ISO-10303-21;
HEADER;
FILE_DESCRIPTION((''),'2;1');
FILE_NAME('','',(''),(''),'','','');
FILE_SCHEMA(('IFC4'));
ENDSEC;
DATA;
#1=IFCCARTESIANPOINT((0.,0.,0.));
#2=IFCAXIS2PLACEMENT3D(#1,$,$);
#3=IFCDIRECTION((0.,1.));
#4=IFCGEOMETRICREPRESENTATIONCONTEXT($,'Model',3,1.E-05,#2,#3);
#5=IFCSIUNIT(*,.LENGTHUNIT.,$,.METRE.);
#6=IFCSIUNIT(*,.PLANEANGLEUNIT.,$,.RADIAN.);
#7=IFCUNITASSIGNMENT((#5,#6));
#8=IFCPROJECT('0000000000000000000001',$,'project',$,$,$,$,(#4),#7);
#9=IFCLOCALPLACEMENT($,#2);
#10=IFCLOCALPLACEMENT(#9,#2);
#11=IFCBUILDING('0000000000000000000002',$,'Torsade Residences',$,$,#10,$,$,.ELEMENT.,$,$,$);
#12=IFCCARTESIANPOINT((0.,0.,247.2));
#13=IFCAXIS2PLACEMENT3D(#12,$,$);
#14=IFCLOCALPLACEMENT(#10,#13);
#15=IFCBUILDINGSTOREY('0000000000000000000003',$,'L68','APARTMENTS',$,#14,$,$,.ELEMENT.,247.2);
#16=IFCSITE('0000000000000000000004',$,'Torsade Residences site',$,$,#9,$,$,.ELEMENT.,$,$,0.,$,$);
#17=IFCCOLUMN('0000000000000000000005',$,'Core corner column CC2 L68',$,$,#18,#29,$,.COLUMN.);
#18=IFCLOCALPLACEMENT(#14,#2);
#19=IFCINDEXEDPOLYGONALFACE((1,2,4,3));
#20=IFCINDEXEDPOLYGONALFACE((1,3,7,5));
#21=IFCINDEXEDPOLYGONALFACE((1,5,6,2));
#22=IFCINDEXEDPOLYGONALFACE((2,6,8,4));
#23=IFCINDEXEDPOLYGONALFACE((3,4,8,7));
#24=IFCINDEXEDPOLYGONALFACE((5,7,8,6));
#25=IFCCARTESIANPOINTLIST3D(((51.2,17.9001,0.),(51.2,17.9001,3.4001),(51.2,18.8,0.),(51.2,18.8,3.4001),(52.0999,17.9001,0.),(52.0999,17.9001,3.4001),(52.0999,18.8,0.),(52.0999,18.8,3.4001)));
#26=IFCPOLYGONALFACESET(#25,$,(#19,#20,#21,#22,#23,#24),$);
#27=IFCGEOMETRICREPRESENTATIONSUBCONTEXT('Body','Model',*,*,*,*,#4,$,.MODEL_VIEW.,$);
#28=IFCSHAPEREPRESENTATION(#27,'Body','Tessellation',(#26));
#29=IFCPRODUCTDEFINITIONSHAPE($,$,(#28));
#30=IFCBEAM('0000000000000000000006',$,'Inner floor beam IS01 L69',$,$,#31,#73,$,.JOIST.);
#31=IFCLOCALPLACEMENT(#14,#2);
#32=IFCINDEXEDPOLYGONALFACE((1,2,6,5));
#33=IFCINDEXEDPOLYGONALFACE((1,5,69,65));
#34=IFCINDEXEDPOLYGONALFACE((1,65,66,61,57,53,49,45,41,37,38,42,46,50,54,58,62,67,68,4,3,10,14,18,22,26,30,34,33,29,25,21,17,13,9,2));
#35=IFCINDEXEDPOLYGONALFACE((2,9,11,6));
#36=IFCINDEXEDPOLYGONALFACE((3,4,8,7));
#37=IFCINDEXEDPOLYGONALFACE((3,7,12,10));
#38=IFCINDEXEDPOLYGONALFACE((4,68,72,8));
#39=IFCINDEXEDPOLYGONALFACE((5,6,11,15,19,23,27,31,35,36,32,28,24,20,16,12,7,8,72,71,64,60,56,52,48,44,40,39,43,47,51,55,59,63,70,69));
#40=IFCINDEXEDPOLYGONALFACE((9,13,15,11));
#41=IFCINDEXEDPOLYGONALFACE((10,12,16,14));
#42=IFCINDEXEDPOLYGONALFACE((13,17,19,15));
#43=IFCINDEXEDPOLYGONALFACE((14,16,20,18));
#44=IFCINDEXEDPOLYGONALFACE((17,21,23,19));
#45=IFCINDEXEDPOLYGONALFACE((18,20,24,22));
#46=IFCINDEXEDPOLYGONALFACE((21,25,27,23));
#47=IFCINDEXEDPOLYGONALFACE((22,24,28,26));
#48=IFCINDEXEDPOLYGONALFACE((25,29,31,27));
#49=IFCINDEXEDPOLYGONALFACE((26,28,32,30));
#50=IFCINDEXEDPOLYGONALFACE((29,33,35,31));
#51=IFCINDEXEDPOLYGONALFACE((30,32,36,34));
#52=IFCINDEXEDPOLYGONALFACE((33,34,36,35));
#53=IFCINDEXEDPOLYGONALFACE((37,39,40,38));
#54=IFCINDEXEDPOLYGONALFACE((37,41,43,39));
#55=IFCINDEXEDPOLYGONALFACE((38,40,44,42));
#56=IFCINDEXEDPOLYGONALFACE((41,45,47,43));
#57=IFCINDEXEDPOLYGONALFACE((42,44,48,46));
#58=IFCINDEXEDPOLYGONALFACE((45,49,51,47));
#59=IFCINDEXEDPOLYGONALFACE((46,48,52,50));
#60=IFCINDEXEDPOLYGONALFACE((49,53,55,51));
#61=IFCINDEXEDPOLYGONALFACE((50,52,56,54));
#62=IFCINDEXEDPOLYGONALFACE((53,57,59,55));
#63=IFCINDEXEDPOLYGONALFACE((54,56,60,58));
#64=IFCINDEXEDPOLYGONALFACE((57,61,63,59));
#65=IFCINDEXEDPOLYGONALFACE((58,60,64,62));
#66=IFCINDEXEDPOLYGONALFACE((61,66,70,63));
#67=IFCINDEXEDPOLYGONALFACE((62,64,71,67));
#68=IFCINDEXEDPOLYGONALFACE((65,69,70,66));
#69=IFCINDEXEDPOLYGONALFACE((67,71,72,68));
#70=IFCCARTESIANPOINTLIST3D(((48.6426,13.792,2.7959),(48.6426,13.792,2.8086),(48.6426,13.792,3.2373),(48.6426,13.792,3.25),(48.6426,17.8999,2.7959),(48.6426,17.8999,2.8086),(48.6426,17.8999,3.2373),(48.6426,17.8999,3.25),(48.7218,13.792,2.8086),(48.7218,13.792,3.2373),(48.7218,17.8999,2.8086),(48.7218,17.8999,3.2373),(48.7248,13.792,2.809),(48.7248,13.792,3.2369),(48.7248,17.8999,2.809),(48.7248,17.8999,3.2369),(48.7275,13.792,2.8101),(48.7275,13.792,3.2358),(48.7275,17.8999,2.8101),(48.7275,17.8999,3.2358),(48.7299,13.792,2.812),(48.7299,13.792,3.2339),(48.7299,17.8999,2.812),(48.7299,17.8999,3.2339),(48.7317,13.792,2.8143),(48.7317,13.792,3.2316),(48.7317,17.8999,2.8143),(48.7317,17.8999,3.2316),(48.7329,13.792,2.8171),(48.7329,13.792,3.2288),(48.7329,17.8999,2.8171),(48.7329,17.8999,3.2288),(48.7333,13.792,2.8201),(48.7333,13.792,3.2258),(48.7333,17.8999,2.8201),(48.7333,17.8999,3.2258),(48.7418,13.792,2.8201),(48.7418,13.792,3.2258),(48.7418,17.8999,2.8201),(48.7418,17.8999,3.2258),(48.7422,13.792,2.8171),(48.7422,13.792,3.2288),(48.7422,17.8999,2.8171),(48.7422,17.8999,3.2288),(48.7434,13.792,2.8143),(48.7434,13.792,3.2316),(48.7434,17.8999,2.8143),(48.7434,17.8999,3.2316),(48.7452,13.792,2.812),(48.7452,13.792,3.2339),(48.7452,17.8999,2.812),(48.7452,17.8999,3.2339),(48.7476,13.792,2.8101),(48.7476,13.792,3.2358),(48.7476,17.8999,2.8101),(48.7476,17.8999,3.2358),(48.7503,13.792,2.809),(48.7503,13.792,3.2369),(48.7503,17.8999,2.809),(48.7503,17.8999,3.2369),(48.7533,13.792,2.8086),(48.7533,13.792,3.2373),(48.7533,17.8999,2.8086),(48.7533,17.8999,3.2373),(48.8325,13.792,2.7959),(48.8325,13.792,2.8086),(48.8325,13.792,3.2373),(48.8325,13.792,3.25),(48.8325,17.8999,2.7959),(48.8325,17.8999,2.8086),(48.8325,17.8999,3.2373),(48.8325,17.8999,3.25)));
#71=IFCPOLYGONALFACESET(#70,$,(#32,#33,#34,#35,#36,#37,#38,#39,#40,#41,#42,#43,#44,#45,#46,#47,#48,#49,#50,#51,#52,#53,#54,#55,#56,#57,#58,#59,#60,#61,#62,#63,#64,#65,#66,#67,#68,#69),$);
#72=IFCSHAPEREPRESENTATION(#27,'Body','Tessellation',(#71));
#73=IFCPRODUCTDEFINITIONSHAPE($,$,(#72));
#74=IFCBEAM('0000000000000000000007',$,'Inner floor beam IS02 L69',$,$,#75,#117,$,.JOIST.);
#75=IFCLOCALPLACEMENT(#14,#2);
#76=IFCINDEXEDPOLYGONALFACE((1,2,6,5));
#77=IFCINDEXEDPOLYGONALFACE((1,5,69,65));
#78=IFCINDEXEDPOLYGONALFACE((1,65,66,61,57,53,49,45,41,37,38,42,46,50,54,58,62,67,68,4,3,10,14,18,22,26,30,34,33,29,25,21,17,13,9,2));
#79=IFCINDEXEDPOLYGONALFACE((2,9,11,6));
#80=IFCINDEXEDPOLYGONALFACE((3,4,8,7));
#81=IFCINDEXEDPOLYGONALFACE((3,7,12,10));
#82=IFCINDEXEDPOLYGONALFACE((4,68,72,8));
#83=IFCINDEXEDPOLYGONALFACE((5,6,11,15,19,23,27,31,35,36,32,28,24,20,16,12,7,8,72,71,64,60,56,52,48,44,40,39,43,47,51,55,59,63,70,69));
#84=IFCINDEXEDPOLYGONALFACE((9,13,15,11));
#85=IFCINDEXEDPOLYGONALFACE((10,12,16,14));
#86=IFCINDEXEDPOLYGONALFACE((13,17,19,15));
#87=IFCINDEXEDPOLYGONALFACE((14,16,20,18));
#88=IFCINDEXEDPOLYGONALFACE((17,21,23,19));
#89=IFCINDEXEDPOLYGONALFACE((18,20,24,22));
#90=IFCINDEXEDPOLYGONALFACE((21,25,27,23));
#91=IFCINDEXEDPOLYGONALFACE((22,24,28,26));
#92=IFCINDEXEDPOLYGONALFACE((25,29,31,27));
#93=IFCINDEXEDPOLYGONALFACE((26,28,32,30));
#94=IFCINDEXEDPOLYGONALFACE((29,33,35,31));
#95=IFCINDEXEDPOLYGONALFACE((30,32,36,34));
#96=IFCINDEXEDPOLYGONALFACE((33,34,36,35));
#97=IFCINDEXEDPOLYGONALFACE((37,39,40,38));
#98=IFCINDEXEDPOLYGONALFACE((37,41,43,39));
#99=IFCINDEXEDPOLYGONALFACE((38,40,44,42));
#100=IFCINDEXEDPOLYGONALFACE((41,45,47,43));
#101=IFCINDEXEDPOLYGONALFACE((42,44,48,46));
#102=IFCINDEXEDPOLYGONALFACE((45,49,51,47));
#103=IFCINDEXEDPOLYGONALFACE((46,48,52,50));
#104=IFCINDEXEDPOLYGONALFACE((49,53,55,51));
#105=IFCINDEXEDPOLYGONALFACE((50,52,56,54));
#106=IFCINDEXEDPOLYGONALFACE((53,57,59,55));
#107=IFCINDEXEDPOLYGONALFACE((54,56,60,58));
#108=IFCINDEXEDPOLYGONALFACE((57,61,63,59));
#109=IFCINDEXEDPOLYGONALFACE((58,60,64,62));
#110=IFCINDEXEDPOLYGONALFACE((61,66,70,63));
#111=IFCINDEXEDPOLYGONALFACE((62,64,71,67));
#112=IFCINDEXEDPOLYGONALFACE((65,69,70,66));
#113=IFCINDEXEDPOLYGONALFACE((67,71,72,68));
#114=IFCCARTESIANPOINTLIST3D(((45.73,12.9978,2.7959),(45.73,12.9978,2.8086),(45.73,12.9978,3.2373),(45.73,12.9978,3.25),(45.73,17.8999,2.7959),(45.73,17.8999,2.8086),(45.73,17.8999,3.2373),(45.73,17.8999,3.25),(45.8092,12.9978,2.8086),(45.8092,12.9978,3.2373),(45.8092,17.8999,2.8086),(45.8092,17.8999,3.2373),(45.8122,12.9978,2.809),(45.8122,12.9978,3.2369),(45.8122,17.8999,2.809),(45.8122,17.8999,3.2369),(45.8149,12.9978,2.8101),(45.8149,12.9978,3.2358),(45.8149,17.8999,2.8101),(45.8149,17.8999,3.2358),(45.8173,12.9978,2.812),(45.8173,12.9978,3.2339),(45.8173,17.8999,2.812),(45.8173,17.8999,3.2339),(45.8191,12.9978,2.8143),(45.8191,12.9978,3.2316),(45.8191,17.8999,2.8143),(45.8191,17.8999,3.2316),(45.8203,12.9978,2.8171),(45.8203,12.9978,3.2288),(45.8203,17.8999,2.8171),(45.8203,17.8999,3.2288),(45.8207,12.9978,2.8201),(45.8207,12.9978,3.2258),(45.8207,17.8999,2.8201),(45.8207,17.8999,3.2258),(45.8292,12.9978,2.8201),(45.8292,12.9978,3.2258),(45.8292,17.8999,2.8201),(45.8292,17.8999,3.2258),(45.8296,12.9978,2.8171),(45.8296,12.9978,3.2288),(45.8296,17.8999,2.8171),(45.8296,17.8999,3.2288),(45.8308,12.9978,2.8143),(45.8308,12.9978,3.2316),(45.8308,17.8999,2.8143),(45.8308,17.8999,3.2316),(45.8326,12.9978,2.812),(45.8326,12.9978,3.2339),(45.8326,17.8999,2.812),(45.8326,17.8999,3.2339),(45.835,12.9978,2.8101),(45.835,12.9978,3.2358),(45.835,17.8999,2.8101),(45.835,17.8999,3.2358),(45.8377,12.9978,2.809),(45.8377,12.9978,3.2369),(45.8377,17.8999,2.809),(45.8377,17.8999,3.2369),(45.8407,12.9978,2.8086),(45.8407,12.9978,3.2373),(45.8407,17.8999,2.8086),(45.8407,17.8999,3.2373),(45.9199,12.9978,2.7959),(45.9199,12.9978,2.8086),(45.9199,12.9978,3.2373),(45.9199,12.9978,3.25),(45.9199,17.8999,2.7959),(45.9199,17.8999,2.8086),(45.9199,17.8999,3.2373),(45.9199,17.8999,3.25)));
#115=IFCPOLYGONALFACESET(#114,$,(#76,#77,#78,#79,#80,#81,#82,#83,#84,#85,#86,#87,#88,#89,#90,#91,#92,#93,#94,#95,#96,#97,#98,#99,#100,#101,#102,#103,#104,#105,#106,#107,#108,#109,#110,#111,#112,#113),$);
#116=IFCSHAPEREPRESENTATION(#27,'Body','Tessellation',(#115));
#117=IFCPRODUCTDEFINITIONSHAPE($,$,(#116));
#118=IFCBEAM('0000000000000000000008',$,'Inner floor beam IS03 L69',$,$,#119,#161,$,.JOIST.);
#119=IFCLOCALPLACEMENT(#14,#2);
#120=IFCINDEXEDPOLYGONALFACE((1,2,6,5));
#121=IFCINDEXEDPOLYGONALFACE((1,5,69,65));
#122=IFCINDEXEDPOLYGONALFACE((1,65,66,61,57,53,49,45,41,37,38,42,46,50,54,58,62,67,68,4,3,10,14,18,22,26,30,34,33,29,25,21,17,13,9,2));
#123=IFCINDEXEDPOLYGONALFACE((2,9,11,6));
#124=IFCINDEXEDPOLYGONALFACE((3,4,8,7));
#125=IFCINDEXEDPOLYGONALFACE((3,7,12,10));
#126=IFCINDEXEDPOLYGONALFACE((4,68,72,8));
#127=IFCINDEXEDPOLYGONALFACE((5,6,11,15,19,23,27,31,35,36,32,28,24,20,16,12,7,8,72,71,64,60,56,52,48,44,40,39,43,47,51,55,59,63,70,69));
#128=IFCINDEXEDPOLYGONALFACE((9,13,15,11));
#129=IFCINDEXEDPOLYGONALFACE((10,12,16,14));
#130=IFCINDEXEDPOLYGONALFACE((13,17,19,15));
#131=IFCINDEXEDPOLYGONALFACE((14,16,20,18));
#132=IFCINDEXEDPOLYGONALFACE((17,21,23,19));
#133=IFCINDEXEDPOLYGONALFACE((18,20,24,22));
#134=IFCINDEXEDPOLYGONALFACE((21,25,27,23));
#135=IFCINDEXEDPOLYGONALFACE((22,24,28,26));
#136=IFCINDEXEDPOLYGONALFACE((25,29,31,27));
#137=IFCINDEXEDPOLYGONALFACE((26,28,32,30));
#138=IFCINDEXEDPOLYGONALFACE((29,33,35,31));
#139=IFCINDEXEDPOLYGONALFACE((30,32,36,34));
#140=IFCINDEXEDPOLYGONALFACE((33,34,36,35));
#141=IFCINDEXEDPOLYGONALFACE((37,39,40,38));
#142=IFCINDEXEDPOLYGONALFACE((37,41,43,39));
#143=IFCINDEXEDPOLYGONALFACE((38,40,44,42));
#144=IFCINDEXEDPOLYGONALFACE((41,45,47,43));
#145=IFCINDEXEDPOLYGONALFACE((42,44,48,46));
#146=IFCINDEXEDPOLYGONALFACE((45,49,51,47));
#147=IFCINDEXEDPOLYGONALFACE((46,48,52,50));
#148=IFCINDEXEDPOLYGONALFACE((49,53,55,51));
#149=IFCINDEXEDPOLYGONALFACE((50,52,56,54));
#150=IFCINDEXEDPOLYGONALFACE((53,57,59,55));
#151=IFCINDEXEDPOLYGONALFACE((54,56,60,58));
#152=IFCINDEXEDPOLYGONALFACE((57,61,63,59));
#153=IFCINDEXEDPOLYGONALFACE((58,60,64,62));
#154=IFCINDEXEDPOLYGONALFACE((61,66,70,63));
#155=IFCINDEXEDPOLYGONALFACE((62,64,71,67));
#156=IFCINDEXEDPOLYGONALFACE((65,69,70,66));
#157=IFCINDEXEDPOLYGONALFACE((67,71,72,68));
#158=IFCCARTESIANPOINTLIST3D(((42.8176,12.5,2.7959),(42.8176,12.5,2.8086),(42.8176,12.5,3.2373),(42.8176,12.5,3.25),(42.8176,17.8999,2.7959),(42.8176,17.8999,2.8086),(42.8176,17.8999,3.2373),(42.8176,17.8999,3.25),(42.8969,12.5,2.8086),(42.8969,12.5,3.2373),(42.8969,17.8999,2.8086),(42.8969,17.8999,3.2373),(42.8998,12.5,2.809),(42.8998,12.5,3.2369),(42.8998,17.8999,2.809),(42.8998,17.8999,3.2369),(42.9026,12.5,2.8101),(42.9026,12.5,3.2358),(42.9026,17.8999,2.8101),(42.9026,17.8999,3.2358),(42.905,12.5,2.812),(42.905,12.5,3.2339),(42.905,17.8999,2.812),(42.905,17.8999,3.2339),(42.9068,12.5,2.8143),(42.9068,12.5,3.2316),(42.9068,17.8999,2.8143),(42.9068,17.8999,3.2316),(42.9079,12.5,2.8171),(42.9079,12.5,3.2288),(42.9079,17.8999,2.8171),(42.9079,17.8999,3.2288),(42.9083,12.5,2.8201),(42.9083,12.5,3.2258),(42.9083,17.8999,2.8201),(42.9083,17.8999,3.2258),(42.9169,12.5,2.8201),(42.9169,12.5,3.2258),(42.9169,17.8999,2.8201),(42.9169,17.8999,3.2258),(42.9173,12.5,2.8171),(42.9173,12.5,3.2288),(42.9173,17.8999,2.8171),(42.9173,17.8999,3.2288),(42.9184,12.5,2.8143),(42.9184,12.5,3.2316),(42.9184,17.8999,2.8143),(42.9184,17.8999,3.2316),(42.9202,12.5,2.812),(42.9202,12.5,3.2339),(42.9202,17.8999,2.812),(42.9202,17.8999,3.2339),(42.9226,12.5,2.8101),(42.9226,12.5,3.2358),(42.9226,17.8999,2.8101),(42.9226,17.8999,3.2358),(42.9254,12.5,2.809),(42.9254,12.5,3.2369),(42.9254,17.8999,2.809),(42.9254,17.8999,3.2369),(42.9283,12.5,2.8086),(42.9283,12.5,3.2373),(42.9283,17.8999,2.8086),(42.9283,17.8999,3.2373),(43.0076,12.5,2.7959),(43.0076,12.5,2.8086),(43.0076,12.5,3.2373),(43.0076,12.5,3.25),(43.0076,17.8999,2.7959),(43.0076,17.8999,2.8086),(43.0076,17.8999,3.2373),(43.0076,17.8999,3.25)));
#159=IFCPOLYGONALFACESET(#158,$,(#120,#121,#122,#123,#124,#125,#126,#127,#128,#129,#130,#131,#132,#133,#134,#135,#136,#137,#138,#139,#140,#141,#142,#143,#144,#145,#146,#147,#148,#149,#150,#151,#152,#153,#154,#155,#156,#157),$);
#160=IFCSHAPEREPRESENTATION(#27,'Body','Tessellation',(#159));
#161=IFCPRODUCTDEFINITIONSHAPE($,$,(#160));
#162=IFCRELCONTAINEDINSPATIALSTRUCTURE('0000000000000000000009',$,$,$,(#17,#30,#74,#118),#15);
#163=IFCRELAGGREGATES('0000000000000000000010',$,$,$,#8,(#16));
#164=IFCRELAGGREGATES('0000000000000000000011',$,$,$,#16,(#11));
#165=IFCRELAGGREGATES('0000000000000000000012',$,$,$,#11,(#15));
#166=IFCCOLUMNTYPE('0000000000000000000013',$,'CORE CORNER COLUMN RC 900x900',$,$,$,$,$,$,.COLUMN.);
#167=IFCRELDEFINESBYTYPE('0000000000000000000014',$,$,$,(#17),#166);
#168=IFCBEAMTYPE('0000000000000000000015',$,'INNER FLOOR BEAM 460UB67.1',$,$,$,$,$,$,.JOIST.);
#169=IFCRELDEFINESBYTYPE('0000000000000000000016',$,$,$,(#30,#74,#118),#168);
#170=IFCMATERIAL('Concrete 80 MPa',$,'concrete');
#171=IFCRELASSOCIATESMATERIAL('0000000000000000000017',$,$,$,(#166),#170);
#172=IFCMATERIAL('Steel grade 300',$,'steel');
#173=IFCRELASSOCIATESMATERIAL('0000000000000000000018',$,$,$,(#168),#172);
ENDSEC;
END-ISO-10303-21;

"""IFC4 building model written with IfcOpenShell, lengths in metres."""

from ifc_helpers import new_model, si_unit, direction, frame, origin, origin_2d, place, context, subcontext, project, spatial, rectangle, i_section, extrude, material, material_profile, profile_set, type_object, element, save


model = new_model("IFC4")

# Units and contexts
model_context = context("Model", 3, precision=1e-05, world=origin(), true_north=direction((0.0, 1.0)))
body_context = subcontext(model_context, "Body", "Model", "MODEL_VIEW")
ifc_project = project(units=[si_unit("LENGTHUNIT", "METRE"), si_unit("PLANEANGLEUNIT", "RADIAN")], contexts=[model_context])

# Site, building, storey
site_placement = place(None, origin())
site = spatial("IfcSite", under=ifc_project, at=site_placement, Name="Torsade Residences site", CompositionType="ELEMENT", RefElevation=0.0)
building_placement = place(site_placement, origin())
building = spatial("IfcBuilding", under=site, at=building_placement, Name="Torsade Residences", CompositionType="ELEMENT")
storey_placement = place(building_placement, frame((0.0, 0.0, 247.2)))
storey = spatial("IfcBuildingStorey", under=building, at=storey_placement, Name="L68", Description="APARTMENTS", CompositionType="ELEMENT", Elevation=247.2)

# Column
ifc_material_1 = material(Name="Concrete 80 MPa", Category="concrete")
ifc_material_profile_1 = material_profile(ifc_material_1, rectangle(XDim=0.8999, YDim=0.8999, at=origin_2d()), Name="RC 900x900")
ifc_profile_set_1 = profile_set([ifc_material_profile_1], Name="Concrete 80 MPa")
column_type = type_object("IfcColumnType", Name="CORE CORNER COLUMN RC 900x900", PredefinedType="COLUMN", material=ifc_profile_set_1)
column_placement = place(storey_placement, frame((51.6499, 18.3501, 0.0), z_axis=(0.0, 0.0, 1.0), x_axis=(1.0, 0.0, 0.0)))
element("IfcColumn", 1, at=column_placement, inside=storey, type_object=column_type, Name="Core corner column CC2 L68", PredefinedType="COLUMN", context=body_context, shape_type="SweptSolid", body=[
    extrude(rectangle(XDim=0.8999, YDim=0.8999, at=origin_2d()), origin(), (0.0, 0.0, 1.0), 3.4001),
])

# Beams
ifc_material_2 = material(Name="Steel grade 300", Category="steel")
ifc_material_profile_2 = material_profile(ifc_material_2, i_section(OverallWidth=0.1899, OverallDepth=0.4541, WebThickness=0.0085, FlangeThickness=0.0127, FilletRadius=0.0115, at=origin_2d()), Name="460UB67.1")
ifc_profile_set_2 = profile_set([ifc_material_profile_2], Name="Steel grade 300")
beam_type_1 = type_object("IfcBeamType", Name="INNER FLOOR BEAM 460UB67.1", PredefinedType="JOIST", material=ifc_profile_set_2)
beam_1_placement = place(storey_placement, frame((48.7375, 17.8999, 3.0229), z_axis=(0.0, -1.0, 0.0), x_axis=(1.0, 0.0, 0.0)))
element("IfcBeam", 2, at=beam_1_placement, inside=storey, type_object=beam_type_1, Name="Inner floor beam IS01 L69", PredefinedType="JOIST", context=body_context, shape_type="SweptSolid", body=[
    extrude(i_section(OverallWidth=0.1899, OverallDepth=0.4541, WebThickness=0.0085, FlangeThickness=0.0127, FilletRadius=0.0115, at=origin_2d()), origin(), (0.0, 0.0, 1.0), 4.1079),
])
beam_2_placement = place(storey_placement, frame((45.825, 17.8999, 3.0229), z_axis=(0.0, -1.0, 0.0), x_axis=(1.0, 0.0, 0.0)))
element("IfcBeam", 3, at=beam_2_placement, inside=storey, type_object=beam_type_1, Name="Inner floor beam IS02 L69", PredefinedType="JOIST", context=body_context, shape_type="SweptSolid", body=[
    extrude(i_section(OverallWidth=0.1899, OverallDepth=0.4541, WebThickness=0.0085, FlangeThickness=0.0127, FilletRadius=0.0115, at=origin_2d()), origin(), (0.0, 0.0, 1.0), 4.9021),
])
for number, where, z_axis, x_axis, name in (
    (4, (42.9126, 17.8999, 3.0229), (0.0, -1.0, 0.0), (1.0, 0.0, 0.0), "Inner floor beam IS03 L69"),
):
    element("IfcBeam", number, at=place(storey_placement, frame(where, z_axis=z_axis, x_axis=x_axis)), inside=storey, type_object=beam_type_1, Name=name, PredefinedType="JOIST", context=body_context, shape_type="SweptSolid", body=[
        extrude(i_section(OverallWidth=0.1899, OverallDepth=0.4541, WebThickness=0.0085, FlangeThickness=0.0127, FilletRadius=0.0115, at=origin_2d()), origin(), (0.0, 0.0, 1.0), 5.3999),
    ])

save(model, "model.ifc")
